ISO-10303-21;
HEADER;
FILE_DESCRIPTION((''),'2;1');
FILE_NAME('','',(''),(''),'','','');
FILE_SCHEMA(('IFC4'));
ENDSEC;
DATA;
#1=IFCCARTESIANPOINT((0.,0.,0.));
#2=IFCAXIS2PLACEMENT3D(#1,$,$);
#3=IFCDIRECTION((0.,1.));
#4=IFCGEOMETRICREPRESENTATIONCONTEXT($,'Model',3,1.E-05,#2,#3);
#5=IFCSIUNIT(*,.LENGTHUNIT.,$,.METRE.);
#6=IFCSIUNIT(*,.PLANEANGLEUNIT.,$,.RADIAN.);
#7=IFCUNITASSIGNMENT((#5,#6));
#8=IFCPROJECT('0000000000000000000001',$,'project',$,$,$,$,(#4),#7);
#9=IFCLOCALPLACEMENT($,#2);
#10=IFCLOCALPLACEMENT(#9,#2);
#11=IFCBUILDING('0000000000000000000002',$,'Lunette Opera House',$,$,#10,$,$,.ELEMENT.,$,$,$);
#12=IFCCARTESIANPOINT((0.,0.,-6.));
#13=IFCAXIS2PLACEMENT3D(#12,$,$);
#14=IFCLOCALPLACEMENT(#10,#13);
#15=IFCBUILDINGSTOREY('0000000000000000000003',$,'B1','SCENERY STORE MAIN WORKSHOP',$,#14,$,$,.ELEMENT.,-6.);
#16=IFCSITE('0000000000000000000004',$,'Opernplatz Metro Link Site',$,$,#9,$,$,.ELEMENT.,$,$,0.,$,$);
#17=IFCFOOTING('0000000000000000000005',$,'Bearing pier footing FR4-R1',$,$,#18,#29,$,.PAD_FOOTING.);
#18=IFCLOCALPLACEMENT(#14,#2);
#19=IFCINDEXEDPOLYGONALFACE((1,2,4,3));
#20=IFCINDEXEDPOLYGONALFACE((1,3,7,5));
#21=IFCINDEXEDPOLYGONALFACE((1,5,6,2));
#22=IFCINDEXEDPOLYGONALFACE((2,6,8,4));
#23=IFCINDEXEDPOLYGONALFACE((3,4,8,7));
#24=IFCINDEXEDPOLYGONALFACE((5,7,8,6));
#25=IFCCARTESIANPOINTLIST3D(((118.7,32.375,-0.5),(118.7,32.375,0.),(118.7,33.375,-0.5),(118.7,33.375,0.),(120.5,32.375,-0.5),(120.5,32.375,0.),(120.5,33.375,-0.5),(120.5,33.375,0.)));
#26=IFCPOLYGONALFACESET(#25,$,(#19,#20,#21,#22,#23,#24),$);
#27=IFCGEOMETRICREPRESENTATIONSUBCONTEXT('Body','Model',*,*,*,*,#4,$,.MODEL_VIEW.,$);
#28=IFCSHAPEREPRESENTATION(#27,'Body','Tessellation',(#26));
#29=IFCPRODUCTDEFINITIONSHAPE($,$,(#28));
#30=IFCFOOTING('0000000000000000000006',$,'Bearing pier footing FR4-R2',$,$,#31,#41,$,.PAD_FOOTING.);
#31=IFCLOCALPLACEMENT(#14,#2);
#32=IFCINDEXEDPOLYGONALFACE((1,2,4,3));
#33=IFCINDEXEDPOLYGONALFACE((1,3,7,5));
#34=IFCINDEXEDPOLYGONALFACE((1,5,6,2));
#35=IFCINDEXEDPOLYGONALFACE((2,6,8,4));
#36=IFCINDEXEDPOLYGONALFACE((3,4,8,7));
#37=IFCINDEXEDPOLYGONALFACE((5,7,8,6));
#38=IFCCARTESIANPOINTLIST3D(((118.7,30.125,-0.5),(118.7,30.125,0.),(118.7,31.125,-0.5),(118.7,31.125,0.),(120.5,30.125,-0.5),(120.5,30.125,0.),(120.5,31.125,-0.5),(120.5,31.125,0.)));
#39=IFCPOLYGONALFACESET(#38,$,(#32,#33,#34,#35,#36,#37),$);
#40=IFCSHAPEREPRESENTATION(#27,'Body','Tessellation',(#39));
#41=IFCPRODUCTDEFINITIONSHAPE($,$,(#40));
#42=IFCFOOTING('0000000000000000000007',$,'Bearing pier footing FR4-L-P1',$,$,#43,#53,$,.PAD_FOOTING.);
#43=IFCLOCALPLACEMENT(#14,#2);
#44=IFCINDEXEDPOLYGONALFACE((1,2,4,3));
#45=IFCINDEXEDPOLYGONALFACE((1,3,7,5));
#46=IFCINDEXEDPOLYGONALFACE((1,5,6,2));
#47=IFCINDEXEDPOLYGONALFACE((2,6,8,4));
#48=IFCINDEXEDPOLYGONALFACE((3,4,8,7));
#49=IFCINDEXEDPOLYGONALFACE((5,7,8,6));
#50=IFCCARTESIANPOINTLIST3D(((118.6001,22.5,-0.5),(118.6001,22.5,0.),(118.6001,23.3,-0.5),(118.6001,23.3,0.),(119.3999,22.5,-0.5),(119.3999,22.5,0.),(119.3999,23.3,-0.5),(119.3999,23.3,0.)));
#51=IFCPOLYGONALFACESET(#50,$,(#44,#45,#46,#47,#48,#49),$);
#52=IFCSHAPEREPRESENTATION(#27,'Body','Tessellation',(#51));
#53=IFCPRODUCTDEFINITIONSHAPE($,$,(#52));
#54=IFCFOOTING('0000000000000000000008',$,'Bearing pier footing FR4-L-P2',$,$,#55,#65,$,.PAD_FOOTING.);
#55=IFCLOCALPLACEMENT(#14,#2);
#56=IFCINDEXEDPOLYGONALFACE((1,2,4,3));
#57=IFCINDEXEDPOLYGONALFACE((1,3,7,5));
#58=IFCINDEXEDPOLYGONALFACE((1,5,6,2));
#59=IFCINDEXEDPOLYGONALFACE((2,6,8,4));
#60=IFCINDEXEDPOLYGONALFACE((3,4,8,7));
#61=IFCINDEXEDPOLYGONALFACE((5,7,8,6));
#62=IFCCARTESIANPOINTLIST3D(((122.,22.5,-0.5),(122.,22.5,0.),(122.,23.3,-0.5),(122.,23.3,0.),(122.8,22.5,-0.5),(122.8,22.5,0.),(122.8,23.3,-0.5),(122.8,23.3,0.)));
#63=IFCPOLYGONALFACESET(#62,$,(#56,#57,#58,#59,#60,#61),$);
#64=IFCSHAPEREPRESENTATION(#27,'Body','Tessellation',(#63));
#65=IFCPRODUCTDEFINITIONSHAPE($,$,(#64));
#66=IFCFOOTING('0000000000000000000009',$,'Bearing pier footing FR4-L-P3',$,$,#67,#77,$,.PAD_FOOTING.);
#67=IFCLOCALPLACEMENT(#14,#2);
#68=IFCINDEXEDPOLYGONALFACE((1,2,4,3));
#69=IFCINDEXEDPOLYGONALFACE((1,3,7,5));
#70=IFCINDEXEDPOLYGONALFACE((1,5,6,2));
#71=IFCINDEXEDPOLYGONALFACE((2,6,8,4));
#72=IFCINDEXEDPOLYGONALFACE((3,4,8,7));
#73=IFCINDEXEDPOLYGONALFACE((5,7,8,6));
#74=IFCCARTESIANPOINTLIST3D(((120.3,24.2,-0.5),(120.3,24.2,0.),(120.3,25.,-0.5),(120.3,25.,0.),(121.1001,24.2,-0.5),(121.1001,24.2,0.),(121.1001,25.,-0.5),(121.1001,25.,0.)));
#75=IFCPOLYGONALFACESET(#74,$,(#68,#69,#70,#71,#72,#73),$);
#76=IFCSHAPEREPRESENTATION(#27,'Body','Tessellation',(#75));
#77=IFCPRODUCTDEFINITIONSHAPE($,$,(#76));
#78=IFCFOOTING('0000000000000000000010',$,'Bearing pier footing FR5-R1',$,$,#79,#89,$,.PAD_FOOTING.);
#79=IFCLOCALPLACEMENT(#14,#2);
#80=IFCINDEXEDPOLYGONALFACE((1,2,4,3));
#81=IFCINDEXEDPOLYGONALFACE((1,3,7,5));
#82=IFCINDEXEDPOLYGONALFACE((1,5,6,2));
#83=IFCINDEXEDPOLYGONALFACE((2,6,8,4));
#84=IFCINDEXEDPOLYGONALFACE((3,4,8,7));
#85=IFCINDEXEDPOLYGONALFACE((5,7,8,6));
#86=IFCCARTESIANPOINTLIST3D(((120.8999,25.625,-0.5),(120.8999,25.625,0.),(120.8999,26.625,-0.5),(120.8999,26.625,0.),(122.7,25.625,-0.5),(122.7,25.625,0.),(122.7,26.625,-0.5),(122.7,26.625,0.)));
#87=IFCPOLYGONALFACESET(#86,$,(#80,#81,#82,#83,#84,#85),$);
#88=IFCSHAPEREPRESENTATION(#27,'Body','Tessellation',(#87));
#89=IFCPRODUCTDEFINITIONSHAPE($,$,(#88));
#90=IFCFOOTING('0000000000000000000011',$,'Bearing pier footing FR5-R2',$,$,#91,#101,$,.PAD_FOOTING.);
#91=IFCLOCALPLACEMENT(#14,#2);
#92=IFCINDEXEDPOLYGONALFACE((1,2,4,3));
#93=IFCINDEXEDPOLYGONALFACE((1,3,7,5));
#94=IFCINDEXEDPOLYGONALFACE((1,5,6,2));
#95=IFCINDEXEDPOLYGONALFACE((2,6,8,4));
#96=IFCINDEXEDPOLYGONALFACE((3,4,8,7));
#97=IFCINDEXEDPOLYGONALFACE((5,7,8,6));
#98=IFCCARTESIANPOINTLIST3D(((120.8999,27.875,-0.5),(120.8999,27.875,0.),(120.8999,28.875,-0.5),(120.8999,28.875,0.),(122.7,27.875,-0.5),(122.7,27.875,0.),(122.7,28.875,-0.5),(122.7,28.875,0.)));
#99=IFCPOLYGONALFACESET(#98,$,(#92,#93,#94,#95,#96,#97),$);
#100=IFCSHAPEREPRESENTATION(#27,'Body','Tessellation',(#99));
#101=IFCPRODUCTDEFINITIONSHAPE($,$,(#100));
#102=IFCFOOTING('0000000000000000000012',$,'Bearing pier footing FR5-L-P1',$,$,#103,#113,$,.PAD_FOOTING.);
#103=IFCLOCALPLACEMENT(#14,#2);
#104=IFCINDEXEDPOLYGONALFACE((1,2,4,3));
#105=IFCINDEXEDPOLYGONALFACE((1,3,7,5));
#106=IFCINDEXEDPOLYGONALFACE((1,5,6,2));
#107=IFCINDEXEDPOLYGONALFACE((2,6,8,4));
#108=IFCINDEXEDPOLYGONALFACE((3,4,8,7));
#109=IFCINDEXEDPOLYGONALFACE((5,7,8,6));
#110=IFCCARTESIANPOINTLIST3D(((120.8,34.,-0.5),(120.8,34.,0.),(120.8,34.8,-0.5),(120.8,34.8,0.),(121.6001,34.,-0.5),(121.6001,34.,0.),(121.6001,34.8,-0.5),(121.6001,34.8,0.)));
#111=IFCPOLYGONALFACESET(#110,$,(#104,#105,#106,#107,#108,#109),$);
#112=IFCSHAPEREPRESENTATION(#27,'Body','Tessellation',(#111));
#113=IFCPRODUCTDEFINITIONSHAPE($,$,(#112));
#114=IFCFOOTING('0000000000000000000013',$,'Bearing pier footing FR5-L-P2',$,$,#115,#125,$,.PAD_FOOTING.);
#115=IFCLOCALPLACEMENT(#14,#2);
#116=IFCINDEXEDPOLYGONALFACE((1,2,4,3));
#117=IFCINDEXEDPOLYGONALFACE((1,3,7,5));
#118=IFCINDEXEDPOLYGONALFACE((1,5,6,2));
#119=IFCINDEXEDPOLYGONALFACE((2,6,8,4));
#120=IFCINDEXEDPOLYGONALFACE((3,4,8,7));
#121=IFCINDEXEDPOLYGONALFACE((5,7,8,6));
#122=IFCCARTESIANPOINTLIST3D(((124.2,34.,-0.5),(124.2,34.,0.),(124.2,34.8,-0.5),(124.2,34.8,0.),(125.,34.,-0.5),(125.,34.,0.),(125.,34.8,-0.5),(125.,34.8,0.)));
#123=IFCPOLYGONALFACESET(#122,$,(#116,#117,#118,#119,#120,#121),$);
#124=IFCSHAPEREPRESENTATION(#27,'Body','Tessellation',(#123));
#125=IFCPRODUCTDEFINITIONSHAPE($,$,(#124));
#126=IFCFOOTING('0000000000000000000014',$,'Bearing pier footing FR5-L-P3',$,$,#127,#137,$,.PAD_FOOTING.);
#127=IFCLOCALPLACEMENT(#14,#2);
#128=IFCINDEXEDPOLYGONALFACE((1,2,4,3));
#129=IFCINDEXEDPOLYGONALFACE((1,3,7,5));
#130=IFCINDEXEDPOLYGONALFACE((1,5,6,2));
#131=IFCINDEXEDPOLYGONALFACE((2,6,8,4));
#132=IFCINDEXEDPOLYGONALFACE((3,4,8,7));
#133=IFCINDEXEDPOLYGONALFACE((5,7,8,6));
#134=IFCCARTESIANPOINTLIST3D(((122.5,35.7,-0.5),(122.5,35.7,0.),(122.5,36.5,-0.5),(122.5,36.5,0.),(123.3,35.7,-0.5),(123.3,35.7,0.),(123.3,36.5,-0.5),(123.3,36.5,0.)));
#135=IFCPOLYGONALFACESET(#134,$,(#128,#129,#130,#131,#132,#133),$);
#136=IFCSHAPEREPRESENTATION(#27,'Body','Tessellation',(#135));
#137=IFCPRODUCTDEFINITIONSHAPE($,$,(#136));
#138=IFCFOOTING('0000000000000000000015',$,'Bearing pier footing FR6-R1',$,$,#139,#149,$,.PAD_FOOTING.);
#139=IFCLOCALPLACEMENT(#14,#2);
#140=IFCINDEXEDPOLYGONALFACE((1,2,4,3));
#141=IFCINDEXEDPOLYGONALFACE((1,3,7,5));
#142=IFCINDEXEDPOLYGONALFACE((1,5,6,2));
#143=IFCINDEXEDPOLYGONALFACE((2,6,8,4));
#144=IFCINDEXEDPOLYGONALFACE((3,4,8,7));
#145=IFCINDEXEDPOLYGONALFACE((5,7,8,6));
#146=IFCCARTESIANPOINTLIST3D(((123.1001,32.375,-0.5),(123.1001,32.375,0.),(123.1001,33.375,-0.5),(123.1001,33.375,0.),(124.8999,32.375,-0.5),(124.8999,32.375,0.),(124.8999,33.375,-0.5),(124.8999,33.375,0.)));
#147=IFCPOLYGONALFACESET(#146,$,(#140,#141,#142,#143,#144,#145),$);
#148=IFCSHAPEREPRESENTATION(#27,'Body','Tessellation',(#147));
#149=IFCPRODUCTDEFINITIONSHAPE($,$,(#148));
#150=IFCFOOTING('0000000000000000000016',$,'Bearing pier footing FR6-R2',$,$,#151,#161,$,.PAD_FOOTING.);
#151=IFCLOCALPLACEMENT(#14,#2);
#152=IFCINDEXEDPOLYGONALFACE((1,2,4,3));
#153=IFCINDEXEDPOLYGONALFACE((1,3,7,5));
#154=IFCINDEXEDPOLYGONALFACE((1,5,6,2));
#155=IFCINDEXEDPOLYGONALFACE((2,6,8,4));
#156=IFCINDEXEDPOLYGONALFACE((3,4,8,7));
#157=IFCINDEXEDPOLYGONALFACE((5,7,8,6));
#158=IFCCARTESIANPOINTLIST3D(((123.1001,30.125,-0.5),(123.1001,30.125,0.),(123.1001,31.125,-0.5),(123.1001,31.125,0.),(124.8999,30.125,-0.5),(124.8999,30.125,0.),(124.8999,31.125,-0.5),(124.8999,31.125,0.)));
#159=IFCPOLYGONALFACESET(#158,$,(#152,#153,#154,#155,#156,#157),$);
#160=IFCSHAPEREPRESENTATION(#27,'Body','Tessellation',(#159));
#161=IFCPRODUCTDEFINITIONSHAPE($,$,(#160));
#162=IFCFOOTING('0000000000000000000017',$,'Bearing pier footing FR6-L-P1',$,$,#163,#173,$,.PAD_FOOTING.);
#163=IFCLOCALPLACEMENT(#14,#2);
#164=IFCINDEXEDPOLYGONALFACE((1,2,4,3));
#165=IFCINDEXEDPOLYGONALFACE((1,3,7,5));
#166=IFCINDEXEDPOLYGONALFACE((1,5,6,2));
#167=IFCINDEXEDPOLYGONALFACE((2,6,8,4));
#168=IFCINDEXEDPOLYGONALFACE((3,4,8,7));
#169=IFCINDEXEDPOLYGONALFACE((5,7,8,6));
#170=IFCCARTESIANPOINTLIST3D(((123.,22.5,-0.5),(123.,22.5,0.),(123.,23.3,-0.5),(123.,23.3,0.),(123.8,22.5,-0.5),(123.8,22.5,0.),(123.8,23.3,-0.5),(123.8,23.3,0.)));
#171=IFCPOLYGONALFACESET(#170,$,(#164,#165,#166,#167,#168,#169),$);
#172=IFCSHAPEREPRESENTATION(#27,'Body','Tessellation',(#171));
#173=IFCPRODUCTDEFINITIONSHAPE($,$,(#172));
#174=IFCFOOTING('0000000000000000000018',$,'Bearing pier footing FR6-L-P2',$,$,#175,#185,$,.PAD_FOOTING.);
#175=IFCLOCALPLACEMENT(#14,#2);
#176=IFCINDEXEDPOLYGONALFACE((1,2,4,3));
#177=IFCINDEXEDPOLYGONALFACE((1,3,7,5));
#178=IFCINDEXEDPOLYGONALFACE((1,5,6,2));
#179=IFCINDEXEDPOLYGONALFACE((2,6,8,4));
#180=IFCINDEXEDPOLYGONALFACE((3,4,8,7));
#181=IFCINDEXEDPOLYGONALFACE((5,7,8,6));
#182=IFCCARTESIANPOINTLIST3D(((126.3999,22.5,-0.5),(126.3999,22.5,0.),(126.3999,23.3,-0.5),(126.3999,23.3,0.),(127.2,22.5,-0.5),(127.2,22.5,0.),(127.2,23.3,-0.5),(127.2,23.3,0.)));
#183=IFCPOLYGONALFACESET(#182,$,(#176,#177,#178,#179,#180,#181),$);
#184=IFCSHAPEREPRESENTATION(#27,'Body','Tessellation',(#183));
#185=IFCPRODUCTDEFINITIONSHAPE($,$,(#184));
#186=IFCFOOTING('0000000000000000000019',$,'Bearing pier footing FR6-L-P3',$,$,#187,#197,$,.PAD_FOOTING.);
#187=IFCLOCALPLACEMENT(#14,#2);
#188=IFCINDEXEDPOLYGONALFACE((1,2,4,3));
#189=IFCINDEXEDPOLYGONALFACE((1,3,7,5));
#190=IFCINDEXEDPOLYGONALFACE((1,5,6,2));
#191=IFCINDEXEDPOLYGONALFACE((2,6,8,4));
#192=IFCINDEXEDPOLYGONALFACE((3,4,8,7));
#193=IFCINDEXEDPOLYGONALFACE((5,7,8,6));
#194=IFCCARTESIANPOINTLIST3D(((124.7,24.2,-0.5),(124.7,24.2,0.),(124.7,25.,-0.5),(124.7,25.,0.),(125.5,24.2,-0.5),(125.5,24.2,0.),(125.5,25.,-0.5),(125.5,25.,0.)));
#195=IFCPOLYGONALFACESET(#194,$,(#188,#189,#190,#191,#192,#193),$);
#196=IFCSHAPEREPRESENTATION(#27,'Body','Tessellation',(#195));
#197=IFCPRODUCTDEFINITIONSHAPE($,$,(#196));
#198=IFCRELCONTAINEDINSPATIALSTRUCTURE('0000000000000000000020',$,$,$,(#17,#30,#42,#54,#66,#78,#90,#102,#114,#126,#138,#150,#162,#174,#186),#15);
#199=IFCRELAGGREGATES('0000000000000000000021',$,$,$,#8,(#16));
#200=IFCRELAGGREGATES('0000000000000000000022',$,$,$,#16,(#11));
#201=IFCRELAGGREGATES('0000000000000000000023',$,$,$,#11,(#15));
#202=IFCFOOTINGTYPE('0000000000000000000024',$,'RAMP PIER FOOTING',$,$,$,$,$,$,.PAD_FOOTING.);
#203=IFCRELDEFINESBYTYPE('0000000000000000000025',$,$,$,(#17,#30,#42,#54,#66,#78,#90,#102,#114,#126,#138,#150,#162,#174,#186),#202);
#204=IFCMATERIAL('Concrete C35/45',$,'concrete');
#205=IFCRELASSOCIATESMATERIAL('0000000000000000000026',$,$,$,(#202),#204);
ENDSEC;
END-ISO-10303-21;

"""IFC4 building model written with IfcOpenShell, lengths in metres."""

from ifc_helpers import new_model, si_unit, direction, frame, origin, place, context, subcontext, project, spatial, polyline, outline, extrude, material, type_object, element, save


model = new_model("IFC4")

# Units and contexts
model_context = context("Model", 3, precision=1e-05, world=origin(), true_north=direction((0.0, 1.0)))
body_context = subcontext(model_context, "Body", "Model", "MODEL_VIEW")
ifc_project = project(units=[si_unit("LENGTHUNIT", "METRE"), si_unit("PLANEANGLEUNIT", "RADIAN")], contexts=[model_context])

# Site, building, storey
site_placement = place(None, origin())
site = spatial("IfcSite", under=ifc_project, at=site_placement, Name="Opernplatz Metro Link Site", CompositionType="ELEMENT", RefElevation=0.0)
building_placement = place(site_placement, origin())
building = spatial("IfcBuilding", under=site, at=building_placement, Name="Lunette Opera House", CompositionType="ELEMENT")
storey_placement = place(building_placement, frame((0.0, 0.0, -6.0)))
storey = spatial("IfcBuildingStorey", under=building, at=storey_placement, Name="B1", Description="SCENERY STORE MAIN WORKSHOP", CompositionType="ELEMENT", Elevation=-6.0)

# Footings
ifc_material_1 = material(Name="Concrete C35/45", Category="concrete")
footing_type = type_object("IfcFootingType", Name="RAMP PIER FOOTING", PredefinedType="PAD_FOOTING", material=ifc_material_1)
footing_1_placement = place(storey_placement, frame((0.0, 0.0, -0.5)))
element("IfcFooting", 1, at=footing_1_placement, inside=storey, type_object=footing_type, Name="Bearing pier footing FR4-R1", PredefinedType="PAD_FOOTING", context=body_context, shape_type="SweptSolid", body=[
    extrude(outline(polyline([(118.7, 32.375), (120.5, 32.375), (120.5, 33.375), (118.7, 33.375), (118.7, 32.375)])), origin(), (0.0, 0.0, 1.0), 0.5),
])
footing_2_placement = place(storey_placement, frame((0.0, 0.0, -0.5)))
element("IfcFooting", 2, at=footing_2_placement, inside=storey, type_object=footing_type, Name="Bearing pier footing FR4-R2", PredefinedType="PAD_FOOTING", context=body_context, shape_type="SweptSolid", body=[
    extrude(outline(polyline([(118.7, 30.125), (120.5, 30.125), (120.5, 31.125), (118.7, 31.125), (118.7, 30.125)])), origin(), (0.0, 0.0, 1.0), 0.5),
])
footing_3_placement = place(storey_placement, frame((0.0, 0.0, -0.5)))
element("IfcFooting", 3, at=footing_3_placement, inside=storey, type_object=footing_type, Name="Bearing pier footing FR4-L-P1", PredefinedType="PAD_FOOTING", context=body_context, shape_type="SweptSolid", body=[
    extrude(outline(polyline([(118.6001, 22.5), (119.3999, 22.5), (119.3999, 23.3), (118.6001, 23.3), (118.6001, 22.5)])), origin(), (0.0, 0.0, 1.0), 0.5),
])
footing_4_placement = place(storey_placement, frame((0.0, 0.0, -0.5)))
element("IfcFooting", 4, at=footing_4_placement, inside=storey, type_object=footing_type, Name="Bearing pier footing FR4-L-P2", PredefinedType="PAD_FOOTING", context=body_context, shape_type="SweptSolid", body=[
    extrude(outline(polyline([(122.0, 22.5), (122.8, 22.5), (122.8, 23.3), (122.0, 23.3), (122.0, 22.5)])), origin(), (0.0, 0.0, 1.0), 0.5),
])
footing_5_placement = place(storey_placement, frame((0.0, 0.0, -0.5)))
element("IfcFooting", 5, at=footing_5_placement, inside=storey, type_object=footing_type, Name="Bearing pier footing FR4-L-P3", PredefinedType="PAD_FOOTING", context=body_context, shape_type="SweptSolid", body=[
    extrude(outline(polyline([(120.3, 24.2), (121.1001, 24.2), (121.1001, 25.0), (120.3, 25.0), (120.3, 24.2)])), origin(), (0.0, 0.0, 1.0), 0.5),
])
footing_6_placement = place(storey_placement, frame((0.0, 0.0, -0.5)))
element("IfcFooting", 6, at=footing_6_placement, inside=storey, type_object=footing_type, Name="Bearing pier footing FR5-R1", PredefinedType="PAD_FOOTING", context=body_context, shape_type="SweptSolid", body=[
    extrude(outline(polyline([(120.8999, 25.625), (122.7, 25.625), (122.7, 26.625), (120.8999, 26.625), (120.8999, 25.625)])), origin(), (0.0, 0.0, 1.0), 0.5),
])
footing_7_placement = place(storey_placement, frame((0.0, 0.0, -0.5)))
element("IfcFooting", 7, at=footing_7_placement, inside=storey, type_object=footing_type, Name="Bearing pier footing FR5-R2", PredefinedType="PAD_FOOTING", context=body_context, shape_type="SweptSolid", body=[
    extrude(outline(polyline([(120.8999, 27.875), (122.7, 27.875), (122.7, 28.875), (120.8999, 28.875), (120.8999, 27.875)])), origin(), (0.0, 0.0, 1.0), 0.5),
])
footing_8_placement = place(storey_placement, frame((0.0, 0.0, -0.5)))
element("IfcFooting", 8, at=footing_8_placement, inside=storey, type_object=footing_type, Name="Bearing pier footing FR5-L-P1", PredefinedType="PAD_FOOTING", context=body_context, shape_type="SweptSolid", body=[
    extrude(outline(polyline([(120.8, 34.0), (121.6001, 34.0), (121.6001, 34.8), (120.8, 34.8), (120.8, 34.0)])), origin(), (0.0, 0.0, 1.0), 0.5),
])
footing_9_placement = place(storey_placement, frame((0.0, 0.0, -0.5)))
element("IfcFooting", 9, at=footing_9_placement, inside=storey, type_object=footing_type, Name="Bearing pier footing FR5-L-P2", PredefinedType="PAD_FOOTING", context=body_context, shape_type="SweptSolid", body=[
    extrude(outline(polyline([(124.2, 34.0), (125.0, 34.0), (125.0, 34.8), (124.2, 34.8), (124.2, 34.0)])), origin(), (0.0, 0.0, 1.0), 0.5),
])
footing_10_placement = place(storey_placement, frame((0.0, 0.0, -0.5)))
element("IfcFooting", 10, at=footing_10_placement, inside=storey, type_object=footing_type, Name="Bearing pier footing FR5-L-P3", PredefinedType="PAD_FOOTING", context=body_context, shape_type="SweptSolid", body=[
    extrude(outline(polyline([(122.5, 35.7), (123.3, 35.7), (123.3, 36.5), (122.5, 36.5), (122.5, 35.7)])), origin(), (0.0, 0.0, 1.0), 0.5),
])
footing_11_placement = place(storey_placement, frame((0.0, 0.0, -0.5)))
element("IfcFooting", 11, at=footing_11_placement, inside=storey, type_object=footing_type, Name="Bearing pier footing FR6-R1", PredefinedType="PAD_FOOTING", context=body_context, shape_type="SweptSolid", body=[
    extrude(outline(polyline([(123.1001, 32.375), (124.8999, 32.375), (124.8999, 33.375), (123.1001, 33.375), (123.1001, 32.375)])), origin(), (0.0, 0.0, 1.0), 0.5),
])
footing_12_placement = place(storey_placement, frame((0.0, 0.0, -0.5)))
element("IfcFooting", 12, at=footing_12_placement, inside=storey, type_object=footing_type, Name="Bearing pier footing FR6-R2", PredefinedType="PAD_FOOTING", context=body_context, shape_type="SweptSolid", body=[
    extrude(outline(polyline([(123.1001, 30.125), (124.8999, 30.125), (124.8999, 31.125), (123.1001, 31.125), (123.1001, 30.125)])), origin(), (0.0, 0.0, 1.0), 0.5),
])
footing_13_placement = place(storey_placement, frame((0.0, 0.0, -0.5)))
element("IfcFooting", 13, at=footing_13_placement, inside=storey, type_object=footing_type, Name="Bearing pier footing FR6-L-P1", PredefinedType="PAD_FOOTING", context=body_context, shape_type="SweptSolid", body=[
    extrude(outline(polyline([(123.0, 22.5), (123.8, 22.5), (123.8, 23.3), (123.0, 23.3), (123.0, 22.5)])), origin(), (0.0, 0.0, 1.0), 0.5),
])
footing_14_placement = place(storey_placement, frame((0.0, 0.0, -0.5)))
element("IfcFooting", 14, at=footing_14_placement, inside=storey, type_object=footing_type, Name="Bearing pier footing FR6-L-P2", PredefinedType="PAD_FOOTING", context=body_context, shape_type="SweptSolid", body=[
    extrude(outline(polyline([(126.3999, 22.5), (127.2, 22.5), (127.2, 23.3), (126.3999, 23.3), (126.3999, 22.5)])), origin(), (0.0, 0.0, 1.0), 0.5),
])
footing_15_placement = place(storey_placement, frame((0.0, 0.0, -0.5)))
element("IfcFooting", 15, at=footing_15_placement, inside=storey, type_object=footing_type, Name="Bearing pier footing FR6-L-P3", PredefinedType="PAD_FOOTING", context=body_context, shape_type="SweptSolid", body=[
    extrude(outline(polyline([(124.7, 24.2), (125.5, 24.2), (125.5, 25.0), (124.7, 25.0), (124.7, 24.2)])), origin(), (0.0, 0.0, 1.0), 0.5),
])

save(model, "model.ifc")
